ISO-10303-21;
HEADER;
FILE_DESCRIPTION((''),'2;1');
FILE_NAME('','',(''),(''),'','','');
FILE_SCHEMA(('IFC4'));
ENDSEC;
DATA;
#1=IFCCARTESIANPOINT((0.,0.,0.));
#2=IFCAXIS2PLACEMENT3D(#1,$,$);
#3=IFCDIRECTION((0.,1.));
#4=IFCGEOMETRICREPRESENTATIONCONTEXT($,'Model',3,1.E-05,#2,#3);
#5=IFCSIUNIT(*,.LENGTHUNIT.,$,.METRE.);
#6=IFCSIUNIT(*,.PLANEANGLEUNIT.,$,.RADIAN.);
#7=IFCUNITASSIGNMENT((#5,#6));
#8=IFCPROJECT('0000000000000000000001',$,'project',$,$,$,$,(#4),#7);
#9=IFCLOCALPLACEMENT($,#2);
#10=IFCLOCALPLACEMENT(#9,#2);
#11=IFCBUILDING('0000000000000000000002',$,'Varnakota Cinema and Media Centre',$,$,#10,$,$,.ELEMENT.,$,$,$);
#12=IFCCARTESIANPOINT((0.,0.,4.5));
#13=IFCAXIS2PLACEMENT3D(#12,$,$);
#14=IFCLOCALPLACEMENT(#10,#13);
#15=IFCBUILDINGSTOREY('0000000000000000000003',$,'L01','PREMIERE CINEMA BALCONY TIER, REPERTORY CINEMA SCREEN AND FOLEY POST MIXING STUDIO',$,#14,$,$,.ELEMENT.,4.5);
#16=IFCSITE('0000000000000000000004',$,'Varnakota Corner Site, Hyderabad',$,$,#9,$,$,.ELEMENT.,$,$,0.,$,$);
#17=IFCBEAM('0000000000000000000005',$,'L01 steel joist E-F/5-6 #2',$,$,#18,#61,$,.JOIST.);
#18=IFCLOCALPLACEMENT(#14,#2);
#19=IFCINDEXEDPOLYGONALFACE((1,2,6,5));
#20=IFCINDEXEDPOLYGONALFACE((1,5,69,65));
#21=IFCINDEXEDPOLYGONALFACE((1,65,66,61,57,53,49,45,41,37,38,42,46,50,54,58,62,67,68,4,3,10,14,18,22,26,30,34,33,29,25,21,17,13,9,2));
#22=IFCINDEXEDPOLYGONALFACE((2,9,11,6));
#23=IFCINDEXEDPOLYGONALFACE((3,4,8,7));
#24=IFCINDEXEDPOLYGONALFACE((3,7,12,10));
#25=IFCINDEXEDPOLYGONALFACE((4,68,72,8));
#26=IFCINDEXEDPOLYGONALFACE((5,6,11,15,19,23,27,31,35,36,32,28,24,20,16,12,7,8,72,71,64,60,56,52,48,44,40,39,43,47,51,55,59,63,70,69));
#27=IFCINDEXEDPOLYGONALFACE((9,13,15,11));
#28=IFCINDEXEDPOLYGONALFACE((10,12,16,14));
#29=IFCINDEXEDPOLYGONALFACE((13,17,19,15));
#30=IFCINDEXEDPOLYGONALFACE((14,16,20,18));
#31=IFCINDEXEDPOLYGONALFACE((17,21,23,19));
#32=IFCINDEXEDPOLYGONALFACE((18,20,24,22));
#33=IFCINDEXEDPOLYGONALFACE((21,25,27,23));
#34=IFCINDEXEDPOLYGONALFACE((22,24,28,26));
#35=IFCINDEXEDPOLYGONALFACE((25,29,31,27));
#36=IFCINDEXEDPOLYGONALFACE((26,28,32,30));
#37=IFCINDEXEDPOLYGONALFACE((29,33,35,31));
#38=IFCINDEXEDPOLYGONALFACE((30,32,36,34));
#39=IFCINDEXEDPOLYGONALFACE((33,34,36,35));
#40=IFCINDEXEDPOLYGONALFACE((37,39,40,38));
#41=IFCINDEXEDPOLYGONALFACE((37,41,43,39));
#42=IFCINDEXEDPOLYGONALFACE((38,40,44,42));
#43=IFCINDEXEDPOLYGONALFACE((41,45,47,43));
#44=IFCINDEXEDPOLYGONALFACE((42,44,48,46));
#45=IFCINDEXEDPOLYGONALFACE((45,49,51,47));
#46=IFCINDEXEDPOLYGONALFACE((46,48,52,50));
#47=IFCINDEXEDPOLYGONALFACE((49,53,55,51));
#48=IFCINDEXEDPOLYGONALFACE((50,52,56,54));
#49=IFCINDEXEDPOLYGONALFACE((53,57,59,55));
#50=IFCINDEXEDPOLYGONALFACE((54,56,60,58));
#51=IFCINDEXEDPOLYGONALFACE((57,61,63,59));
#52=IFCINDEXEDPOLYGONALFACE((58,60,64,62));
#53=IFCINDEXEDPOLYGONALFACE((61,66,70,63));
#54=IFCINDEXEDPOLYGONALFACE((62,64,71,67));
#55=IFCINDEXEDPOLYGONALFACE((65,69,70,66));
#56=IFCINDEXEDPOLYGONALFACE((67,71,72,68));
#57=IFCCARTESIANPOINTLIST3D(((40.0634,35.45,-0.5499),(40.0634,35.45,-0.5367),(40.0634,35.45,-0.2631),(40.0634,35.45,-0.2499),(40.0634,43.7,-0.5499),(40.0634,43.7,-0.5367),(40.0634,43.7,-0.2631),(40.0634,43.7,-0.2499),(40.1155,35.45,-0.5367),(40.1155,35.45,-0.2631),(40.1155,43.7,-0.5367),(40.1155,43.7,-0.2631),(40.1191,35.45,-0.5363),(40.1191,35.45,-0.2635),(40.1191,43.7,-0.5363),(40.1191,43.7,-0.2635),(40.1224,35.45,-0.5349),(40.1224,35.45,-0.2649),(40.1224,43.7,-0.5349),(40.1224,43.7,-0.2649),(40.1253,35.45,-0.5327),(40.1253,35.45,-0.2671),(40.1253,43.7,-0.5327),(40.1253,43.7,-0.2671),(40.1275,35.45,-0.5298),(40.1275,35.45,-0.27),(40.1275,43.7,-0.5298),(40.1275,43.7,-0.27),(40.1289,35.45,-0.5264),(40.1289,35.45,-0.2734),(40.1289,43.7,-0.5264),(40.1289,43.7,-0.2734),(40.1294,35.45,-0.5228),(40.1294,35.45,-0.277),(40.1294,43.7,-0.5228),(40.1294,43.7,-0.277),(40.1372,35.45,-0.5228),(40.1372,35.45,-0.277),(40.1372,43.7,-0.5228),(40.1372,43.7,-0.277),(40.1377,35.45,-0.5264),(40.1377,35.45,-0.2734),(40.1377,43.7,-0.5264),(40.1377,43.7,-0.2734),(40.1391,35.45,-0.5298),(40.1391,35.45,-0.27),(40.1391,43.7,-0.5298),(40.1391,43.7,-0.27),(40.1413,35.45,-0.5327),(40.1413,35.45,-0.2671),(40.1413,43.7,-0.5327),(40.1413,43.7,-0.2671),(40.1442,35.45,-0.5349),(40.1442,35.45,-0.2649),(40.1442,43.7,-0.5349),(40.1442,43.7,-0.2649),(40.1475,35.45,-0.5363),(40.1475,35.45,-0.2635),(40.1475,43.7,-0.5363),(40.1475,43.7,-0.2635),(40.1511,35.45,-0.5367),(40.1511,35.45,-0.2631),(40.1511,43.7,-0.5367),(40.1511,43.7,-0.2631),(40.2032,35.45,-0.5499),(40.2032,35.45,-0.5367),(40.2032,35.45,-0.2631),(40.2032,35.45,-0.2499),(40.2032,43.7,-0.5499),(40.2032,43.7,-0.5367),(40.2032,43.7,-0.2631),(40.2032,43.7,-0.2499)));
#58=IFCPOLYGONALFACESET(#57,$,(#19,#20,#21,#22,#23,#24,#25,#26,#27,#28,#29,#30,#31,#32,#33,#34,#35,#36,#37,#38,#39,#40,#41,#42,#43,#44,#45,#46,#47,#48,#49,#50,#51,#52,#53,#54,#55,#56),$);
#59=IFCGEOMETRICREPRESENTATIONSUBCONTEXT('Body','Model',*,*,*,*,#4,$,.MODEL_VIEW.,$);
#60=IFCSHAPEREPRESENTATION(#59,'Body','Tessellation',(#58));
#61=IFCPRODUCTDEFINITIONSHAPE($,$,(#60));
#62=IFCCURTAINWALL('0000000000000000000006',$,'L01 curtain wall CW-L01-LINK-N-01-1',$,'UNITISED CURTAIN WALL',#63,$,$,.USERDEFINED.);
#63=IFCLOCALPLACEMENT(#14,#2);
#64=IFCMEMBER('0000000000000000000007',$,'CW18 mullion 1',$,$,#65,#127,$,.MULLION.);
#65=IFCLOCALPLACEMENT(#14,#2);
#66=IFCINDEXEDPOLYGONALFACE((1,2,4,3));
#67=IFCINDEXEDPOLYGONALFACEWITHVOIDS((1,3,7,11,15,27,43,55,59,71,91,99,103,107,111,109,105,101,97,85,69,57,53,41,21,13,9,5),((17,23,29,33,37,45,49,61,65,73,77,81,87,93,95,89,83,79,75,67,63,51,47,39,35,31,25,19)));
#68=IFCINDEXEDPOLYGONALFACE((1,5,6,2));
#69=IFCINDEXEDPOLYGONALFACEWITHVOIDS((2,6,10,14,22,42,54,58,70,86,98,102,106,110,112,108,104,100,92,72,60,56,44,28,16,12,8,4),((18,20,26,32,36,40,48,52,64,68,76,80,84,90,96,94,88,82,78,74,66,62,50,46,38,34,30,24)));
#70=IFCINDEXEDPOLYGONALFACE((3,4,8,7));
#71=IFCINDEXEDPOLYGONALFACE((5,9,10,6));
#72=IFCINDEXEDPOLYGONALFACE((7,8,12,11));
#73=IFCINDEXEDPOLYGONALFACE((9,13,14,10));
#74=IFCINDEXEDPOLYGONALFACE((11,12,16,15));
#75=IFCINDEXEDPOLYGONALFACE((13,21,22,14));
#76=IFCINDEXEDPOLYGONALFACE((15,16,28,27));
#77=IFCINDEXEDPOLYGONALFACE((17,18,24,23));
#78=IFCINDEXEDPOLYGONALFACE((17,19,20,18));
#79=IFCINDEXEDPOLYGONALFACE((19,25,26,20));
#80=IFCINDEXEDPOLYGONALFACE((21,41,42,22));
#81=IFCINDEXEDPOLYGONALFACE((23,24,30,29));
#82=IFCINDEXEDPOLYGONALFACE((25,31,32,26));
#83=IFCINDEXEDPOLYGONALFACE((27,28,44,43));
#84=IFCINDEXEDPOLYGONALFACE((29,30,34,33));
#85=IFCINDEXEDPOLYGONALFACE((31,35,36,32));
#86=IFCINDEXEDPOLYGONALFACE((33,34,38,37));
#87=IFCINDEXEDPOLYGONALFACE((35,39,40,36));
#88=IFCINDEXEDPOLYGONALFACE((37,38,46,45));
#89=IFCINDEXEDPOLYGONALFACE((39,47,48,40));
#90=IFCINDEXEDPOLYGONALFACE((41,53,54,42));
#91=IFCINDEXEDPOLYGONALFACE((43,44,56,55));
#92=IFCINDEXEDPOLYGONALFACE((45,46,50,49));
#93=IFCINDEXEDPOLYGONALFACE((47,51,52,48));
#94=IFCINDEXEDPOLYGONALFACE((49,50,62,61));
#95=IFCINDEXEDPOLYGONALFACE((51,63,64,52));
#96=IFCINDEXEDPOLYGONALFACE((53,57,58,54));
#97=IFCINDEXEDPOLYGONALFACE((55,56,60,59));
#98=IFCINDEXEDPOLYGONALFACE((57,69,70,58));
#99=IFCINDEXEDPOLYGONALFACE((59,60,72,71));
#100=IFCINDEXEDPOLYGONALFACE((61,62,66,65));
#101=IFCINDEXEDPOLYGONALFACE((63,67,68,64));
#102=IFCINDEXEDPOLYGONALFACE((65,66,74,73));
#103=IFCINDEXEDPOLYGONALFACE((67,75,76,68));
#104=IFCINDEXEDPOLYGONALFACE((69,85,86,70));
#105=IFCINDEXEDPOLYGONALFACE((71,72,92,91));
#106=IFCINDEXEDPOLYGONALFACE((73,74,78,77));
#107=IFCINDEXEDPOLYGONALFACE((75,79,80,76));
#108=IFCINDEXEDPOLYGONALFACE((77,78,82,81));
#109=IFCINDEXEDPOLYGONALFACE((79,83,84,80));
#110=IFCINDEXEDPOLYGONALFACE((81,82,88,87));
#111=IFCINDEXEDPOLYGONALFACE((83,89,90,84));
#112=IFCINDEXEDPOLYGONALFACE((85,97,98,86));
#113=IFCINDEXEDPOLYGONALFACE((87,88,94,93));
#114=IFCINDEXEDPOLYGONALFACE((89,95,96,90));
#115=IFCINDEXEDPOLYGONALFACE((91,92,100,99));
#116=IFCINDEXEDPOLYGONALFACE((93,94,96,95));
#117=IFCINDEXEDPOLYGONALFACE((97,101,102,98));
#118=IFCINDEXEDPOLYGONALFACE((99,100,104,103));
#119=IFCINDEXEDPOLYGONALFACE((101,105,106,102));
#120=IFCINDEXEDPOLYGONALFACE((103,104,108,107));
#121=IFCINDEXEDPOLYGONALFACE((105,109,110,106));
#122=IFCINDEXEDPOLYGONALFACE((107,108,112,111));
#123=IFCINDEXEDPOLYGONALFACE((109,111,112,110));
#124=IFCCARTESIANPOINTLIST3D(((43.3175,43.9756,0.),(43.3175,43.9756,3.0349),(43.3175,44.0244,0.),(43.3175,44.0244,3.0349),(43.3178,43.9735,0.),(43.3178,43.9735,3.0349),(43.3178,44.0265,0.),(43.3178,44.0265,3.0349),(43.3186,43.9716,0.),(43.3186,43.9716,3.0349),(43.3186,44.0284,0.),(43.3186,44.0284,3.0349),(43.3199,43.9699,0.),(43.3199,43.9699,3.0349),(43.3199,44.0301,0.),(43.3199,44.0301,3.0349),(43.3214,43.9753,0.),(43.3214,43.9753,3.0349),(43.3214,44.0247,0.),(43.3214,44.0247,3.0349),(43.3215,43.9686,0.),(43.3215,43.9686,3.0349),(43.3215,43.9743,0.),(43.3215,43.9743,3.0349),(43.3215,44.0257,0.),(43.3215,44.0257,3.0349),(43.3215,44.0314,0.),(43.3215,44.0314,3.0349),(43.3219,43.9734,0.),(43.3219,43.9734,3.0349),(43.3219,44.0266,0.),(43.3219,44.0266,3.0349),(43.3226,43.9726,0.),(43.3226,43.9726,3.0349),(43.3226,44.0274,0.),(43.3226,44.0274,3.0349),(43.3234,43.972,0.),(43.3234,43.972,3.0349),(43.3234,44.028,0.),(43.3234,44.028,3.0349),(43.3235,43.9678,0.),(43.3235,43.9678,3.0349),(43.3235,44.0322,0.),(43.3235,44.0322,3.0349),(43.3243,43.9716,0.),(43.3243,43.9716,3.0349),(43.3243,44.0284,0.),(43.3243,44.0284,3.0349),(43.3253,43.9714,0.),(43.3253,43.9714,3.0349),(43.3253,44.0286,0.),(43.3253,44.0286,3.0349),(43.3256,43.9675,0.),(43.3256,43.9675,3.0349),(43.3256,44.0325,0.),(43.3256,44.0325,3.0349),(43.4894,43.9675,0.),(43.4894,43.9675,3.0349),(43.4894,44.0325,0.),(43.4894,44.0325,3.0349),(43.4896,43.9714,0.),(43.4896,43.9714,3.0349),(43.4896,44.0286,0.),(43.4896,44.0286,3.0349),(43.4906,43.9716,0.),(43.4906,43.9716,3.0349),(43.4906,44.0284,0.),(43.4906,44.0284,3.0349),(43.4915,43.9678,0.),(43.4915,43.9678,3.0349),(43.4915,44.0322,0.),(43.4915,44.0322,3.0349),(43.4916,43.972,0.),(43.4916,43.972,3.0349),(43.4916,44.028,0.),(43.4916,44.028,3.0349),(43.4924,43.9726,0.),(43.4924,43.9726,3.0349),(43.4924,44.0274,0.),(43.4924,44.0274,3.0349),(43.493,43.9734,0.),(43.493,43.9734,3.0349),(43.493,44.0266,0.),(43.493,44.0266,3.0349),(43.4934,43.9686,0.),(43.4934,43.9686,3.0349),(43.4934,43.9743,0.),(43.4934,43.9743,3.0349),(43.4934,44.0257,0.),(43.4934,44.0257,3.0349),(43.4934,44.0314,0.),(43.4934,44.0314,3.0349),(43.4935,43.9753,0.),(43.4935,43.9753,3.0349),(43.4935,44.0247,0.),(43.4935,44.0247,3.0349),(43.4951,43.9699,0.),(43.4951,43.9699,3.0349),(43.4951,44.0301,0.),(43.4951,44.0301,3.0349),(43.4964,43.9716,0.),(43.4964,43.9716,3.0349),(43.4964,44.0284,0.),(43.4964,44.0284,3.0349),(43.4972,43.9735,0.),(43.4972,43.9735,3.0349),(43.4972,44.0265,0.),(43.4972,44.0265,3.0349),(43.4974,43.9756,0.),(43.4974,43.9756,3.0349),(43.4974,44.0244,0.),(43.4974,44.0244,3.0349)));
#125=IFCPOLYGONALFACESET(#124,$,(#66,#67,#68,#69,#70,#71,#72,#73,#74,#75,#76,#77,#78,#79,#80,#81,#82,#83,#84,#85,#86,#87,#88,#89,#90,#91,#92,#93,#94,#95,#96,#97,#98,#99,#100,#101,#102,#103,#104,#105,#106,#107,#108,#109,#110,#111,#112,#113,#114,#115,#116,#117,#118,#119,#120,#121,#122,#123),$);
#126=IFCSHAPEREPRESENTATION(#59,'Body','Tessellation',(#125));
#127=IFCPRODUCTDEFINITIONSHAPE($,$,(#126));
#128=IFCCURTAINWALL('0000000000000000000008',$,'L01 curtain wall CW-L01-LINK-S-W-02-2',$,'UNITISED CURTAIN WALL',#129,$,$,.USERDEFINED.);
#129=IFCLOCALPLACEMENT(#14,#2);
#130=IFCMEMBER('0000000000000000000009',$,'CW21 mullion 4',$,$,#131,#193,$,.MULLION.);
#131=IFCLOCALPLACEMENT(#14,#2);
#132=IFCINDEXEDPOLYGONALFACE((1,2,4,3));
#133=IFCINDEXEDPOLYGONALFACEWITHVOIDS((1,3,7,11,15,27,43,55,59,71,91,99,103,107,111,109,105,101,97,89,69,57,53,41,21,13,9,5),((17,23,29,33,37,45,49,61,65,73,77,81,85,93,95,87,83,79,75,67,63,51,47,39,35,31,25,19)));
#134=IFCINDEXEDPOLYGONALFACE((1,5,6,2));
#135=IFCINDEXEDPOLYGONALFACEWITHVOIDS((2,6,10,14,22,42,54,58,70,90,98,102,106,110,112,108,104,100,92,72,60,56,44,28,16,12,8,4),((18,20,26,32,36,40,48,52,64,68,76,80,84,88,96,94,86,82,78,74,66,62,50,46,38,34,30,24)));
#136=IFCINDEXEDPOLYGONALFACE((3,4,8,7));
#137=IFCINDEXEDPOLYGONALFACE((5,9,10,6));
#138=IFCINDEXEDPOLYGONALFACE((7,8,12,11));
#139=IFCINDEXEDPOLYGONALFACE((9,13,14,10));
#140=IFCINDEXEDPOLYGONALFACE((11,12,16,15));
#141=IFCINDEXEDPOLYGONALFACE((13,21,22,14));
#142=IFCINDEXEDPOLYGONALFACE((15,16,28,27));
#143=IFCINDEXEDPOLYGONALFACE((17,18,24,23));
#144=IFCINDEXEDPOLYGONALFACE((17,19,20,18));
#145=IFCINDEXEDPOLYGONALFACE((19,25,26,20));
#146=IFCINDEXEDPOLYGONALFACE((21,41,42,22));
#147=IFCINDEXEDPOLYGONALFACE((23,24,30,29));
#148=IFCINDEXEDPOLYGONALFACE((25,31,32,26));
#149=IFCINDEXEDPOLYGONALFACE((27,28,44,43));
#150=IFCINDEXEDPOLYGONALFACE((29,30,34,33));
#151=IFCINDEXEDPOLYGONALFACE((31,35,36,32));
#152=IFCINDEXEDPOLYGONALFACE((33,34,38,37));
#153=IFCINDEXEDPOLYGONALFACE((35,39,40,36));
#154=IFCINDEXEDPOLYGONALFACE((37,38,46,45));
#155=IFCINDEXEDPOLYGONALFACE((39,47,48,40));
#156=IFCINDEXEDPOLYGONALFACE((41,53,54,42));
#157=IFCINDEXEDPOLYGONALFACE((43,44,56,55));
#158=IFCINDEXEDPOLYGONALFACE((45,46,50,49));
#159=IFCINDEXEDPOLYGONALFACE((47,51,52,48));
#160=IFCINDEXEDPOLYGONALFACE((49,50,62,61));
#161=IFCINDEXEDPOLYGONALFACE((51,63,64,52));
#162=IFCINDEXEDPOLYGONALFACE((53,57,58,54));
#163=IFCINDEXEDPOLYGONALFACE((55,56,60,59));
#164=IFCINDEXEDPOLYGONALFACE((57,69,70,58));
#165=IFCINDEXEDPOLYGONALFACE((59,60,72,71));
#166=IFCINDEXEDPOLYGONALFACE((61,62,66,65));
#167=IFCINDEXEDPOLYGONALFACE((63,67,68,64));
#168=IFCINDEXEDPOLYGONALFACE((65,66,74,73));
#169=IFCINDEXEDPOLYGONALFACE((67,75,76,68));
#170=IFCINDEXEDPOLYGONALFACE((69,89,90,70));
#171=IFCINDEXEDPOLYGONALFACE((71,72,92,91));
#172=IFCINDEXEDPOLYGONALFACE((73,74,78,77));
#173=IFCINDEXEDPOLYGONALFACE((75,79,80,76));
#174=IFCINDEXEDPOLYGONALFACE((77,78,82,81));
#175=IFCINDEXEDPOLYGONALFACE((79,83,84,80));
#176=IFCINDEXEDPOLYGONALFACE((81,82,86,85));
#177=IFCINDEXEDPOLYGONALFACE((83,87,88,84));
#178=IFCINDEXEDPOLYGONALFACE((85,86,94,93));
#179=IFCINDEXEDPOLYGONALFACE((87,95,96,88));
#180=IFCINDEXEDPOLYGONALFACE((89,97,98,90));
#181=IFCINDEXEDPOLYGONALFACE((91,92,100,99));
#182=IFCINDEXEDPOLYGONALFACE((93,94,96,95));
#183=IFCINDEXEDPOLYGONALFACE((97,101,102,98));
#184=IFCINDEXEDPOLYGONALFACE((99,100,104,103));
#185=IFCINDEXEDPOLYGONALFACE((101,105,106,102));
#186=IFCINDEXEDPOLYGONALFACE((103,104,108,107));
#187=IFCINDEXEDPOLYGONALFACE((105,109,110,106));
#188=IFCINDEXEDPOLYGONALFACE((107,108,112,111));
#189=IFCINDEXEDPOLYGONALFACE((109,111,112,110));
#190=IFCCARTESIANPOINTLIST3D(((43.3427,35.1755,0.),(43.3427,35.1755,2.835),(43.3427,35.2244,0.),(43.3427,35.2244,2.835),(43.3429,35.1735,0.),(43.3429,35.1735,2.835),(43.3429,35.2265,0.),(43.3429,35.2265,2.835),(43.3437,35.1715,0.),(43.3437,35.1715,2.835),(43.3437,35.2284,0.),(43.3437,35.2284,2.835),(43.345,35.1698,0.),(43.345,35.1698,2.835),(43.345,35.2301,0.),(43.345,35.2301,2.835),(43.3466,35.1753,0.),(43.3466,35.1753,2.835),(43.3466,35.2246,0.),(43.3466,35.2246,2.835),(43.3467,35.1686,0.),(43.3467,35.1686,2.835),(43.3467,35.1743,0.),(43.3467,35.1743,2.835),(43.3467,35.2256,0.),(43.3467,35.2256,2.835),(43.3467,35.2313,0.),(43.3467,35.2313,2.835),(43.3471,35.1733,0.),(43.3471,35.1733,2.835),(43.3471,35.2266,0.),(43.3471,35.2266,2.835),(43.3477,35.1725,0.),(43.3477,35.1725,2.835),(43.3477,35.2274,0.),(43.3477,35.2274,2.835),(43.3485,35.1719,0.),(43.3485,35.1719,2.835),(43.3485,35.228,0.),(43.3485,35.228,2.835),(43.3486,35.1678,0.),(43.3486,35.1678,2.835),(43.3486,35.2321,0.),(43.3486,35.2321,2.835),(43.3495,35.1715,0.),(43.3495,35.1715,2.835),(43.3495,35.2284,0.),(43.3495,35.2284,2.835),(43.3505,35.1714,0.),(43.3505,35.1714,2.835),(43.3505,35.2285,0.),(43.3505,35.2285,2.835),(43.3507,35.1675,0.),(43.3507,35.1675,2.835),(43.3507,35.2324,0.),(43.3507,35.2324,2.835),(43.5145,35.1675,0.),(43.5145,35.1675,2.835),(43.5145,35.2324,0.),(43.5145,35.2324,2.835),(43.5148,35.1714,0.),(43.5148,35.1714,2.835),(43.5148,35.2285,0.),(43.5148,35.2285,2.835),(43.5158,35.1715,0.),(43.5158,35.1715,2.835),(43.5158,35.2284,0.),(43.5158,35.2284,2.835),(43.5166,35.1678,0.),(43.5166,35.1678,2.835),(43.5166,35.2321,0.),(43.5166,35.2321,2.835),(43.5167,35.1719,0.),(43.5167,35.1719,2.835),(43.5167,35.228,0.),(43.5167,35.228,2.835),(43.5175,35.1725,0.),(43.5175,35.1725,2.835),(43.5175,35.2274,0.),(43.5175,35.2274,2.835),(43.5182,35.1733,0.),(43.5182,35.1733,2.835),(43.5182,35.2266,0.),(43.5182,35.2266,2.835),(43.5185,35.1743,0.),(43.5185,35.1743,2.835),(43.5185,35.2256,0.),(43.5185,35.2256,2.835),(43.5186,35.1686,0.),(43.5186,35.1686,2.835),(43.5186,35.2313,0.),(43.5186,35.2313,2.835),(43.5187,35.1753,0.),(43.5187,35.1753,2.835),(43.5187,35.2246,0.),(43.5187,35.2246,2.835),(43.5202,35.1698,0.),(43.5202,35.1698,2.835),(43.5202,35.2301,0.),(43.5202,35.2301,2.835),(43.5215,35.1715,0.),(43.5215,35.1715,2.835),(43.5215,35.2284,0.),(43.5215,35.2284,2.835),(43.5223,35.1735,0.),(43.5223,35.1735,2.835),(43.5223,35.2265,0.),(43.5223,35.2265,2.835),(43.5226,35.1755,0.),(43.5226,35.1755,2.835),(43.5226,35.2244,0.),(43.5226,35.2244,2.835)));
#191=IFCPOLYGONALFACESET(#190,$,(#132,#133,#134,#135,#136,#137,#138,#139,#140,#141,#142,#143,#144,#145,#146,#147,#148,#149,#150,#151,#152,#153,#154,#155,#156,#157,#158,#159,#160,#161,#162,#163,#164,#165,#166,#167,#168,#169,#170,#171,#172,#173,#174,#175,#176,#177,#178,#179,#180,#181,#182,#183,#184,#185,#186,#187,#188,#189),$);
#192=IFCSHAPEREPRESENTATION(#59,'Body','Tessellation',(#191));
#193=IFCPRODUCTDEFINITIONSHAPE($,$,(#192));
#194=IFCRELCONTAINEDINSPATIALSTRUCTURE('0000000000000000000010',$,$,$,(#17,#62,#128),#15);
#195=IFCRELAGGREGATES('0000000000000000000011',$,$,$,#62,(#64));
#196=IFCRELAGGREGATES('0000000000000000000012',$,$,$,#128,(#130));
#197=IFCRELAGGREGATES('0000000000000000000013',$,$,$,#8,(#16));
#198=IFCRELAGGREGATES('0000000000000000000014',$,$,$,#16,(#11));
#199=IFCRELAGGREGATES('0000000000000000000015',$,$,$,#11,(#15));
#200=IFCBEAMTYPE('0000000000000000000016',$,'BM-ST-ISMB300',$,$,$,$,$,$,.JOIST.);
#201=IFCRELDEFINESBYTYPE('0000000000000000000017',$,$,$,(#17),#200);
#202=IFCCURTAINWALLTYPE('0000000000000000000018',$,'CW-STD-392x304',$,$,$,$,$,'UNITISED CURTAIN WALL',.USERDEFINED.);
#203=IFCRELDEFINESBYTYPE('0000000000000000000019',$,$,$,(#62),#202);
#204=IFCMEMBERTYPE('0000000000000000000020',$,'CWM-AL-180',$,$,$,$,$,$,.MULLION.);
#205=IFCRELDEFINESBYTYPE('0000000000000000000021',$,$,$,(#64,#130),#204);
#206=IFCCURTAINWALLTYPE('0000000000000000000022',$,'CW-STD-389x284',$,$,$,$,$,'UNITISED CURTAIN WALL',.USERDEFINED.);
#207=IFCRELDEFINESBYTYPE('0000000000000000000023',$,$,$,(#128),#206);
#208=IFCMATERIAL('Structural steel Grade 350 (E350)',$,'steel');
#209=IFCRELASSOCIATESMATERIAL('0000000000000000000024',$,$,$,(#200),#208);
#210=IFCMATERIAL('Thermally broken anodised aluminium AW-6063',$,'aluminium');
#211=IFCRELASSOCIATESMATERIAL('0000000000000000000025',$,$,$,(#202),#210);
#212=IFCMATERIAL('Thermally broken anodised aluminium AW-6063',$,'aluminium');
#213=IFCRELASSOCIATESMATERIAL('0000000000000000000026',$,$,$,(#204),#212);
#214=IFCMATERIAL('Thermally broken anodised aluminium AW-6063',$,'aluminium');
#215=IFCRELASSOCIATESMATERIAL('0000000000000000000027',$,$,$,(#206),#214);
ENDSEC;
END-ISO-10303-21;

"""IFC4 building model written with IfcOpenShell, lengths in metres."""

from ifc_helpers import new_model, si_unit, direction, frame, origin, origin_2d, place, context, subcontext, project, spatial, hollow_rectangle, i_section, extrude, material, material_profile, profile_set, type_object, element, aggregate, save


model = new_model("IFC4")

# Units and contexts
model_context = context("Model", 3, precision=1e-05, world=origin(), true_north=direction((0.0, 1.0)))
body_context = subcontext(model_context, "Body", "Model", "MODEL_VIEW")
ifc_project = project(units=[si_unit("LENGTHUNIT", "METRE"), si_unit("PLANEANGLEUNIT", "RADIAN")], contexts=[model_context])

# Site, building, storey
site_placement = place(None, origin())
site = spatial("IfcSite", under=ifc_project, at=site_placement, Name="Varnakota Corner Site, Hyderabad", CompositionType="ELEMENT", RefElevation=0.0)
building_placement = place(site_placement, origin())
building = spatial("IfcBuilding", under=site, at=building_placement, Name="Varnakota Cinema and Media Centre", CompositionType="ELEMENT")
storey_placement = place(building_placement, frame((0.0, 0.0, 4.5)))
storey = spatial("IfcBuildingStorey", under=building, at=storey_placement, Name="L01", Description="PREMIERE CINEMA BALCONY TIER, REPERTORY CINEMA SCREEN AND FOLEY POST MIXING STUDIO", CompositionType="ELEMENT", Elevation=4.5)

# Beam
ifc_material_1 = material(Name="Structural steel Grade 350 (E350)", Category="steel")
ifc_material_profile_1 = material_profile(ifc_material_1, i_section(OverallWidth=0.1399, OverallDepth=0.3, WebThickness=0.0078, FlangeThickness=0.0132, FilletRadius=0.0139, at=origin_2d()), Name="ISMB 300")
ifc_profile_set_1 = profile_set([ifc_material_profile_1], Name="Structural steel Grade 350 (E350)")
beam_type_1 = type_object("IfcBeamType", Name="BM-ST-ISMB300", PredefinedType="JOIST", material=ifc_profile_set_1)
for number, where, z_axis, x_axis, name in (
    (1, (40.1333, 35.45, -0.3999), (0.0, 1.0, 0.0), (-1.0, 0.0, 0.0), "L01 steel joist E-F/5-6 #2"),
):
    element("IfcBeam", number, at=place(storey_placement, frame(where, z_axis=z_axis, x_axis=x_axis)), inside=storey, type_object=beam_type_1, Name=name, PredefinedType="JOIST", context=body_context, shape_type="SweptSolid", body=[
        extrude(i_section(OverallWidth=0.1399, OverallDepth=0.3, WebThickness=0.0078, FlangeThickness=0.0132, FilletRadius=0.0139, at=origin_2d()), origin(), (0.0, 0.0, 1.0), 8.25),
    ])

# Curtain walls, members
ifc_material_2 = material(Name="Thermally broken anodised aluminium AW-6063", Category="aluminium")
curtain_wall_type_1 = type_object("IfcCurtainWallType", Name="CW-STD-392x304", ElementType="UNITISED CURTAIN WALL", PredefinedType="USERDEFINED", material=ifc_material_2)
curtain_wall_1_placement = place(storey_placement, origin())
curtain_wall_1 = element("IfcCurtainWall", 2, at=curtain_wall_1_placement, inside=storey, type_object=curtain_wall_type_1, Name="L01 curtain wall CW-L01-LINK-N-01-1", ObjectType="UNITISED CURTAIN WALL", PredefinedType="USERDEFINED")
ifc_material_3 = material(Name="Thermally broken anodised aluminium AW-6063", Category="aluminium")
ifc_material_profile_2 = material_profile(ifc_material_3, hollow_rectangle(XDim=0.0649, YDim=0.1799, WallThickness=0.0039, InnerFilletRadius=0.0039, OuterFilletRadius=0.0081, at=origin_2d()), Name="AL-MULLION 180x65x4")
ifc_profile_set_2 = profile_set([ifc_material_profile_2], Name="Thermally broken anodised aluminium AW-6063")
member_type_1 = type_object("IfcMemberType", Name="CWM-AL-180", PredefinedType="MULLION", material=ifc_profile_set_2)
member_1_placement = place(storey_placement, frame((43.4075, 44.0, 0.0), z_axis=(0.0, 0.0, 1.0), x_axis=(0.0, 1.0, 0.0)))
member_1 = element("IfcMember", 3, at=member_1_placement, type_object=member_type_1, Name="CW18 mullion 1", PredefinedType="MULLION", context=body_context, shape_type="SweptSolid", body=[
    extrude(hollow_rectangle(XDim=0.0649, YDim=0.1799, WallThickness=0.0039, InnerFilletRadius=0.0039, OuterFilletRadius=0.0081, at=origin_2d()), origin(), (0.0, 0.0, 1.0), 3.0349),
])
ifc_material_4 = material(Name="Thermally broken anodised aluminium AW-6063", Category="aluminium")
curtain_wall_type_2 = type_object("IfcCurtainWallType", Name="CW-STD-389x284", ElementType="UNITISED CURTAIN WALL", PredefinedType="USERDEFINED", material=ifc_material_4)
curtain_wall_2_placement = place(storey_placement, origin())
curtain_wall_2 = element("IfcCurtainWall", 4, at=curtain_wall_2_placement, inside=storey, type_object=curtain_wall_type_2, Name="L01 curtain wall CW-L01-LINK-S-W-02-2", ObjectType="UNITISED CURTAIN WALL", PredefinedType="USERDEFINED")
member_2_placement = place(storey_placement, frame((43.4326, 35.2, 0.0), z_axis=(0.0, 0.0, 1.0), x_axis=(0.0, -1.0, 0.0)))
member_2 = element("IfcMember", 5, at=member_2_placement, type_object=member_type_1, Name="CW21 mullion 4", PredefinedType="MULLION", context=body_context, shape_type="SweptSolid", body=[
    extrude(hollow_rectangle(XDim=0.0649, YDim=0.1799, WallThickness=0.0039, InnerFilletRadius=0.0039, OuterFilletRadius=0.0081, at=origin_2d()), origin(), (0.0, 0.0, 1.0), 2.835),
])

aggregate(curtain_wall_1, [member_1])
aggregate(curtain_wall_2, [member_2])

save(model, "model.ifc")
